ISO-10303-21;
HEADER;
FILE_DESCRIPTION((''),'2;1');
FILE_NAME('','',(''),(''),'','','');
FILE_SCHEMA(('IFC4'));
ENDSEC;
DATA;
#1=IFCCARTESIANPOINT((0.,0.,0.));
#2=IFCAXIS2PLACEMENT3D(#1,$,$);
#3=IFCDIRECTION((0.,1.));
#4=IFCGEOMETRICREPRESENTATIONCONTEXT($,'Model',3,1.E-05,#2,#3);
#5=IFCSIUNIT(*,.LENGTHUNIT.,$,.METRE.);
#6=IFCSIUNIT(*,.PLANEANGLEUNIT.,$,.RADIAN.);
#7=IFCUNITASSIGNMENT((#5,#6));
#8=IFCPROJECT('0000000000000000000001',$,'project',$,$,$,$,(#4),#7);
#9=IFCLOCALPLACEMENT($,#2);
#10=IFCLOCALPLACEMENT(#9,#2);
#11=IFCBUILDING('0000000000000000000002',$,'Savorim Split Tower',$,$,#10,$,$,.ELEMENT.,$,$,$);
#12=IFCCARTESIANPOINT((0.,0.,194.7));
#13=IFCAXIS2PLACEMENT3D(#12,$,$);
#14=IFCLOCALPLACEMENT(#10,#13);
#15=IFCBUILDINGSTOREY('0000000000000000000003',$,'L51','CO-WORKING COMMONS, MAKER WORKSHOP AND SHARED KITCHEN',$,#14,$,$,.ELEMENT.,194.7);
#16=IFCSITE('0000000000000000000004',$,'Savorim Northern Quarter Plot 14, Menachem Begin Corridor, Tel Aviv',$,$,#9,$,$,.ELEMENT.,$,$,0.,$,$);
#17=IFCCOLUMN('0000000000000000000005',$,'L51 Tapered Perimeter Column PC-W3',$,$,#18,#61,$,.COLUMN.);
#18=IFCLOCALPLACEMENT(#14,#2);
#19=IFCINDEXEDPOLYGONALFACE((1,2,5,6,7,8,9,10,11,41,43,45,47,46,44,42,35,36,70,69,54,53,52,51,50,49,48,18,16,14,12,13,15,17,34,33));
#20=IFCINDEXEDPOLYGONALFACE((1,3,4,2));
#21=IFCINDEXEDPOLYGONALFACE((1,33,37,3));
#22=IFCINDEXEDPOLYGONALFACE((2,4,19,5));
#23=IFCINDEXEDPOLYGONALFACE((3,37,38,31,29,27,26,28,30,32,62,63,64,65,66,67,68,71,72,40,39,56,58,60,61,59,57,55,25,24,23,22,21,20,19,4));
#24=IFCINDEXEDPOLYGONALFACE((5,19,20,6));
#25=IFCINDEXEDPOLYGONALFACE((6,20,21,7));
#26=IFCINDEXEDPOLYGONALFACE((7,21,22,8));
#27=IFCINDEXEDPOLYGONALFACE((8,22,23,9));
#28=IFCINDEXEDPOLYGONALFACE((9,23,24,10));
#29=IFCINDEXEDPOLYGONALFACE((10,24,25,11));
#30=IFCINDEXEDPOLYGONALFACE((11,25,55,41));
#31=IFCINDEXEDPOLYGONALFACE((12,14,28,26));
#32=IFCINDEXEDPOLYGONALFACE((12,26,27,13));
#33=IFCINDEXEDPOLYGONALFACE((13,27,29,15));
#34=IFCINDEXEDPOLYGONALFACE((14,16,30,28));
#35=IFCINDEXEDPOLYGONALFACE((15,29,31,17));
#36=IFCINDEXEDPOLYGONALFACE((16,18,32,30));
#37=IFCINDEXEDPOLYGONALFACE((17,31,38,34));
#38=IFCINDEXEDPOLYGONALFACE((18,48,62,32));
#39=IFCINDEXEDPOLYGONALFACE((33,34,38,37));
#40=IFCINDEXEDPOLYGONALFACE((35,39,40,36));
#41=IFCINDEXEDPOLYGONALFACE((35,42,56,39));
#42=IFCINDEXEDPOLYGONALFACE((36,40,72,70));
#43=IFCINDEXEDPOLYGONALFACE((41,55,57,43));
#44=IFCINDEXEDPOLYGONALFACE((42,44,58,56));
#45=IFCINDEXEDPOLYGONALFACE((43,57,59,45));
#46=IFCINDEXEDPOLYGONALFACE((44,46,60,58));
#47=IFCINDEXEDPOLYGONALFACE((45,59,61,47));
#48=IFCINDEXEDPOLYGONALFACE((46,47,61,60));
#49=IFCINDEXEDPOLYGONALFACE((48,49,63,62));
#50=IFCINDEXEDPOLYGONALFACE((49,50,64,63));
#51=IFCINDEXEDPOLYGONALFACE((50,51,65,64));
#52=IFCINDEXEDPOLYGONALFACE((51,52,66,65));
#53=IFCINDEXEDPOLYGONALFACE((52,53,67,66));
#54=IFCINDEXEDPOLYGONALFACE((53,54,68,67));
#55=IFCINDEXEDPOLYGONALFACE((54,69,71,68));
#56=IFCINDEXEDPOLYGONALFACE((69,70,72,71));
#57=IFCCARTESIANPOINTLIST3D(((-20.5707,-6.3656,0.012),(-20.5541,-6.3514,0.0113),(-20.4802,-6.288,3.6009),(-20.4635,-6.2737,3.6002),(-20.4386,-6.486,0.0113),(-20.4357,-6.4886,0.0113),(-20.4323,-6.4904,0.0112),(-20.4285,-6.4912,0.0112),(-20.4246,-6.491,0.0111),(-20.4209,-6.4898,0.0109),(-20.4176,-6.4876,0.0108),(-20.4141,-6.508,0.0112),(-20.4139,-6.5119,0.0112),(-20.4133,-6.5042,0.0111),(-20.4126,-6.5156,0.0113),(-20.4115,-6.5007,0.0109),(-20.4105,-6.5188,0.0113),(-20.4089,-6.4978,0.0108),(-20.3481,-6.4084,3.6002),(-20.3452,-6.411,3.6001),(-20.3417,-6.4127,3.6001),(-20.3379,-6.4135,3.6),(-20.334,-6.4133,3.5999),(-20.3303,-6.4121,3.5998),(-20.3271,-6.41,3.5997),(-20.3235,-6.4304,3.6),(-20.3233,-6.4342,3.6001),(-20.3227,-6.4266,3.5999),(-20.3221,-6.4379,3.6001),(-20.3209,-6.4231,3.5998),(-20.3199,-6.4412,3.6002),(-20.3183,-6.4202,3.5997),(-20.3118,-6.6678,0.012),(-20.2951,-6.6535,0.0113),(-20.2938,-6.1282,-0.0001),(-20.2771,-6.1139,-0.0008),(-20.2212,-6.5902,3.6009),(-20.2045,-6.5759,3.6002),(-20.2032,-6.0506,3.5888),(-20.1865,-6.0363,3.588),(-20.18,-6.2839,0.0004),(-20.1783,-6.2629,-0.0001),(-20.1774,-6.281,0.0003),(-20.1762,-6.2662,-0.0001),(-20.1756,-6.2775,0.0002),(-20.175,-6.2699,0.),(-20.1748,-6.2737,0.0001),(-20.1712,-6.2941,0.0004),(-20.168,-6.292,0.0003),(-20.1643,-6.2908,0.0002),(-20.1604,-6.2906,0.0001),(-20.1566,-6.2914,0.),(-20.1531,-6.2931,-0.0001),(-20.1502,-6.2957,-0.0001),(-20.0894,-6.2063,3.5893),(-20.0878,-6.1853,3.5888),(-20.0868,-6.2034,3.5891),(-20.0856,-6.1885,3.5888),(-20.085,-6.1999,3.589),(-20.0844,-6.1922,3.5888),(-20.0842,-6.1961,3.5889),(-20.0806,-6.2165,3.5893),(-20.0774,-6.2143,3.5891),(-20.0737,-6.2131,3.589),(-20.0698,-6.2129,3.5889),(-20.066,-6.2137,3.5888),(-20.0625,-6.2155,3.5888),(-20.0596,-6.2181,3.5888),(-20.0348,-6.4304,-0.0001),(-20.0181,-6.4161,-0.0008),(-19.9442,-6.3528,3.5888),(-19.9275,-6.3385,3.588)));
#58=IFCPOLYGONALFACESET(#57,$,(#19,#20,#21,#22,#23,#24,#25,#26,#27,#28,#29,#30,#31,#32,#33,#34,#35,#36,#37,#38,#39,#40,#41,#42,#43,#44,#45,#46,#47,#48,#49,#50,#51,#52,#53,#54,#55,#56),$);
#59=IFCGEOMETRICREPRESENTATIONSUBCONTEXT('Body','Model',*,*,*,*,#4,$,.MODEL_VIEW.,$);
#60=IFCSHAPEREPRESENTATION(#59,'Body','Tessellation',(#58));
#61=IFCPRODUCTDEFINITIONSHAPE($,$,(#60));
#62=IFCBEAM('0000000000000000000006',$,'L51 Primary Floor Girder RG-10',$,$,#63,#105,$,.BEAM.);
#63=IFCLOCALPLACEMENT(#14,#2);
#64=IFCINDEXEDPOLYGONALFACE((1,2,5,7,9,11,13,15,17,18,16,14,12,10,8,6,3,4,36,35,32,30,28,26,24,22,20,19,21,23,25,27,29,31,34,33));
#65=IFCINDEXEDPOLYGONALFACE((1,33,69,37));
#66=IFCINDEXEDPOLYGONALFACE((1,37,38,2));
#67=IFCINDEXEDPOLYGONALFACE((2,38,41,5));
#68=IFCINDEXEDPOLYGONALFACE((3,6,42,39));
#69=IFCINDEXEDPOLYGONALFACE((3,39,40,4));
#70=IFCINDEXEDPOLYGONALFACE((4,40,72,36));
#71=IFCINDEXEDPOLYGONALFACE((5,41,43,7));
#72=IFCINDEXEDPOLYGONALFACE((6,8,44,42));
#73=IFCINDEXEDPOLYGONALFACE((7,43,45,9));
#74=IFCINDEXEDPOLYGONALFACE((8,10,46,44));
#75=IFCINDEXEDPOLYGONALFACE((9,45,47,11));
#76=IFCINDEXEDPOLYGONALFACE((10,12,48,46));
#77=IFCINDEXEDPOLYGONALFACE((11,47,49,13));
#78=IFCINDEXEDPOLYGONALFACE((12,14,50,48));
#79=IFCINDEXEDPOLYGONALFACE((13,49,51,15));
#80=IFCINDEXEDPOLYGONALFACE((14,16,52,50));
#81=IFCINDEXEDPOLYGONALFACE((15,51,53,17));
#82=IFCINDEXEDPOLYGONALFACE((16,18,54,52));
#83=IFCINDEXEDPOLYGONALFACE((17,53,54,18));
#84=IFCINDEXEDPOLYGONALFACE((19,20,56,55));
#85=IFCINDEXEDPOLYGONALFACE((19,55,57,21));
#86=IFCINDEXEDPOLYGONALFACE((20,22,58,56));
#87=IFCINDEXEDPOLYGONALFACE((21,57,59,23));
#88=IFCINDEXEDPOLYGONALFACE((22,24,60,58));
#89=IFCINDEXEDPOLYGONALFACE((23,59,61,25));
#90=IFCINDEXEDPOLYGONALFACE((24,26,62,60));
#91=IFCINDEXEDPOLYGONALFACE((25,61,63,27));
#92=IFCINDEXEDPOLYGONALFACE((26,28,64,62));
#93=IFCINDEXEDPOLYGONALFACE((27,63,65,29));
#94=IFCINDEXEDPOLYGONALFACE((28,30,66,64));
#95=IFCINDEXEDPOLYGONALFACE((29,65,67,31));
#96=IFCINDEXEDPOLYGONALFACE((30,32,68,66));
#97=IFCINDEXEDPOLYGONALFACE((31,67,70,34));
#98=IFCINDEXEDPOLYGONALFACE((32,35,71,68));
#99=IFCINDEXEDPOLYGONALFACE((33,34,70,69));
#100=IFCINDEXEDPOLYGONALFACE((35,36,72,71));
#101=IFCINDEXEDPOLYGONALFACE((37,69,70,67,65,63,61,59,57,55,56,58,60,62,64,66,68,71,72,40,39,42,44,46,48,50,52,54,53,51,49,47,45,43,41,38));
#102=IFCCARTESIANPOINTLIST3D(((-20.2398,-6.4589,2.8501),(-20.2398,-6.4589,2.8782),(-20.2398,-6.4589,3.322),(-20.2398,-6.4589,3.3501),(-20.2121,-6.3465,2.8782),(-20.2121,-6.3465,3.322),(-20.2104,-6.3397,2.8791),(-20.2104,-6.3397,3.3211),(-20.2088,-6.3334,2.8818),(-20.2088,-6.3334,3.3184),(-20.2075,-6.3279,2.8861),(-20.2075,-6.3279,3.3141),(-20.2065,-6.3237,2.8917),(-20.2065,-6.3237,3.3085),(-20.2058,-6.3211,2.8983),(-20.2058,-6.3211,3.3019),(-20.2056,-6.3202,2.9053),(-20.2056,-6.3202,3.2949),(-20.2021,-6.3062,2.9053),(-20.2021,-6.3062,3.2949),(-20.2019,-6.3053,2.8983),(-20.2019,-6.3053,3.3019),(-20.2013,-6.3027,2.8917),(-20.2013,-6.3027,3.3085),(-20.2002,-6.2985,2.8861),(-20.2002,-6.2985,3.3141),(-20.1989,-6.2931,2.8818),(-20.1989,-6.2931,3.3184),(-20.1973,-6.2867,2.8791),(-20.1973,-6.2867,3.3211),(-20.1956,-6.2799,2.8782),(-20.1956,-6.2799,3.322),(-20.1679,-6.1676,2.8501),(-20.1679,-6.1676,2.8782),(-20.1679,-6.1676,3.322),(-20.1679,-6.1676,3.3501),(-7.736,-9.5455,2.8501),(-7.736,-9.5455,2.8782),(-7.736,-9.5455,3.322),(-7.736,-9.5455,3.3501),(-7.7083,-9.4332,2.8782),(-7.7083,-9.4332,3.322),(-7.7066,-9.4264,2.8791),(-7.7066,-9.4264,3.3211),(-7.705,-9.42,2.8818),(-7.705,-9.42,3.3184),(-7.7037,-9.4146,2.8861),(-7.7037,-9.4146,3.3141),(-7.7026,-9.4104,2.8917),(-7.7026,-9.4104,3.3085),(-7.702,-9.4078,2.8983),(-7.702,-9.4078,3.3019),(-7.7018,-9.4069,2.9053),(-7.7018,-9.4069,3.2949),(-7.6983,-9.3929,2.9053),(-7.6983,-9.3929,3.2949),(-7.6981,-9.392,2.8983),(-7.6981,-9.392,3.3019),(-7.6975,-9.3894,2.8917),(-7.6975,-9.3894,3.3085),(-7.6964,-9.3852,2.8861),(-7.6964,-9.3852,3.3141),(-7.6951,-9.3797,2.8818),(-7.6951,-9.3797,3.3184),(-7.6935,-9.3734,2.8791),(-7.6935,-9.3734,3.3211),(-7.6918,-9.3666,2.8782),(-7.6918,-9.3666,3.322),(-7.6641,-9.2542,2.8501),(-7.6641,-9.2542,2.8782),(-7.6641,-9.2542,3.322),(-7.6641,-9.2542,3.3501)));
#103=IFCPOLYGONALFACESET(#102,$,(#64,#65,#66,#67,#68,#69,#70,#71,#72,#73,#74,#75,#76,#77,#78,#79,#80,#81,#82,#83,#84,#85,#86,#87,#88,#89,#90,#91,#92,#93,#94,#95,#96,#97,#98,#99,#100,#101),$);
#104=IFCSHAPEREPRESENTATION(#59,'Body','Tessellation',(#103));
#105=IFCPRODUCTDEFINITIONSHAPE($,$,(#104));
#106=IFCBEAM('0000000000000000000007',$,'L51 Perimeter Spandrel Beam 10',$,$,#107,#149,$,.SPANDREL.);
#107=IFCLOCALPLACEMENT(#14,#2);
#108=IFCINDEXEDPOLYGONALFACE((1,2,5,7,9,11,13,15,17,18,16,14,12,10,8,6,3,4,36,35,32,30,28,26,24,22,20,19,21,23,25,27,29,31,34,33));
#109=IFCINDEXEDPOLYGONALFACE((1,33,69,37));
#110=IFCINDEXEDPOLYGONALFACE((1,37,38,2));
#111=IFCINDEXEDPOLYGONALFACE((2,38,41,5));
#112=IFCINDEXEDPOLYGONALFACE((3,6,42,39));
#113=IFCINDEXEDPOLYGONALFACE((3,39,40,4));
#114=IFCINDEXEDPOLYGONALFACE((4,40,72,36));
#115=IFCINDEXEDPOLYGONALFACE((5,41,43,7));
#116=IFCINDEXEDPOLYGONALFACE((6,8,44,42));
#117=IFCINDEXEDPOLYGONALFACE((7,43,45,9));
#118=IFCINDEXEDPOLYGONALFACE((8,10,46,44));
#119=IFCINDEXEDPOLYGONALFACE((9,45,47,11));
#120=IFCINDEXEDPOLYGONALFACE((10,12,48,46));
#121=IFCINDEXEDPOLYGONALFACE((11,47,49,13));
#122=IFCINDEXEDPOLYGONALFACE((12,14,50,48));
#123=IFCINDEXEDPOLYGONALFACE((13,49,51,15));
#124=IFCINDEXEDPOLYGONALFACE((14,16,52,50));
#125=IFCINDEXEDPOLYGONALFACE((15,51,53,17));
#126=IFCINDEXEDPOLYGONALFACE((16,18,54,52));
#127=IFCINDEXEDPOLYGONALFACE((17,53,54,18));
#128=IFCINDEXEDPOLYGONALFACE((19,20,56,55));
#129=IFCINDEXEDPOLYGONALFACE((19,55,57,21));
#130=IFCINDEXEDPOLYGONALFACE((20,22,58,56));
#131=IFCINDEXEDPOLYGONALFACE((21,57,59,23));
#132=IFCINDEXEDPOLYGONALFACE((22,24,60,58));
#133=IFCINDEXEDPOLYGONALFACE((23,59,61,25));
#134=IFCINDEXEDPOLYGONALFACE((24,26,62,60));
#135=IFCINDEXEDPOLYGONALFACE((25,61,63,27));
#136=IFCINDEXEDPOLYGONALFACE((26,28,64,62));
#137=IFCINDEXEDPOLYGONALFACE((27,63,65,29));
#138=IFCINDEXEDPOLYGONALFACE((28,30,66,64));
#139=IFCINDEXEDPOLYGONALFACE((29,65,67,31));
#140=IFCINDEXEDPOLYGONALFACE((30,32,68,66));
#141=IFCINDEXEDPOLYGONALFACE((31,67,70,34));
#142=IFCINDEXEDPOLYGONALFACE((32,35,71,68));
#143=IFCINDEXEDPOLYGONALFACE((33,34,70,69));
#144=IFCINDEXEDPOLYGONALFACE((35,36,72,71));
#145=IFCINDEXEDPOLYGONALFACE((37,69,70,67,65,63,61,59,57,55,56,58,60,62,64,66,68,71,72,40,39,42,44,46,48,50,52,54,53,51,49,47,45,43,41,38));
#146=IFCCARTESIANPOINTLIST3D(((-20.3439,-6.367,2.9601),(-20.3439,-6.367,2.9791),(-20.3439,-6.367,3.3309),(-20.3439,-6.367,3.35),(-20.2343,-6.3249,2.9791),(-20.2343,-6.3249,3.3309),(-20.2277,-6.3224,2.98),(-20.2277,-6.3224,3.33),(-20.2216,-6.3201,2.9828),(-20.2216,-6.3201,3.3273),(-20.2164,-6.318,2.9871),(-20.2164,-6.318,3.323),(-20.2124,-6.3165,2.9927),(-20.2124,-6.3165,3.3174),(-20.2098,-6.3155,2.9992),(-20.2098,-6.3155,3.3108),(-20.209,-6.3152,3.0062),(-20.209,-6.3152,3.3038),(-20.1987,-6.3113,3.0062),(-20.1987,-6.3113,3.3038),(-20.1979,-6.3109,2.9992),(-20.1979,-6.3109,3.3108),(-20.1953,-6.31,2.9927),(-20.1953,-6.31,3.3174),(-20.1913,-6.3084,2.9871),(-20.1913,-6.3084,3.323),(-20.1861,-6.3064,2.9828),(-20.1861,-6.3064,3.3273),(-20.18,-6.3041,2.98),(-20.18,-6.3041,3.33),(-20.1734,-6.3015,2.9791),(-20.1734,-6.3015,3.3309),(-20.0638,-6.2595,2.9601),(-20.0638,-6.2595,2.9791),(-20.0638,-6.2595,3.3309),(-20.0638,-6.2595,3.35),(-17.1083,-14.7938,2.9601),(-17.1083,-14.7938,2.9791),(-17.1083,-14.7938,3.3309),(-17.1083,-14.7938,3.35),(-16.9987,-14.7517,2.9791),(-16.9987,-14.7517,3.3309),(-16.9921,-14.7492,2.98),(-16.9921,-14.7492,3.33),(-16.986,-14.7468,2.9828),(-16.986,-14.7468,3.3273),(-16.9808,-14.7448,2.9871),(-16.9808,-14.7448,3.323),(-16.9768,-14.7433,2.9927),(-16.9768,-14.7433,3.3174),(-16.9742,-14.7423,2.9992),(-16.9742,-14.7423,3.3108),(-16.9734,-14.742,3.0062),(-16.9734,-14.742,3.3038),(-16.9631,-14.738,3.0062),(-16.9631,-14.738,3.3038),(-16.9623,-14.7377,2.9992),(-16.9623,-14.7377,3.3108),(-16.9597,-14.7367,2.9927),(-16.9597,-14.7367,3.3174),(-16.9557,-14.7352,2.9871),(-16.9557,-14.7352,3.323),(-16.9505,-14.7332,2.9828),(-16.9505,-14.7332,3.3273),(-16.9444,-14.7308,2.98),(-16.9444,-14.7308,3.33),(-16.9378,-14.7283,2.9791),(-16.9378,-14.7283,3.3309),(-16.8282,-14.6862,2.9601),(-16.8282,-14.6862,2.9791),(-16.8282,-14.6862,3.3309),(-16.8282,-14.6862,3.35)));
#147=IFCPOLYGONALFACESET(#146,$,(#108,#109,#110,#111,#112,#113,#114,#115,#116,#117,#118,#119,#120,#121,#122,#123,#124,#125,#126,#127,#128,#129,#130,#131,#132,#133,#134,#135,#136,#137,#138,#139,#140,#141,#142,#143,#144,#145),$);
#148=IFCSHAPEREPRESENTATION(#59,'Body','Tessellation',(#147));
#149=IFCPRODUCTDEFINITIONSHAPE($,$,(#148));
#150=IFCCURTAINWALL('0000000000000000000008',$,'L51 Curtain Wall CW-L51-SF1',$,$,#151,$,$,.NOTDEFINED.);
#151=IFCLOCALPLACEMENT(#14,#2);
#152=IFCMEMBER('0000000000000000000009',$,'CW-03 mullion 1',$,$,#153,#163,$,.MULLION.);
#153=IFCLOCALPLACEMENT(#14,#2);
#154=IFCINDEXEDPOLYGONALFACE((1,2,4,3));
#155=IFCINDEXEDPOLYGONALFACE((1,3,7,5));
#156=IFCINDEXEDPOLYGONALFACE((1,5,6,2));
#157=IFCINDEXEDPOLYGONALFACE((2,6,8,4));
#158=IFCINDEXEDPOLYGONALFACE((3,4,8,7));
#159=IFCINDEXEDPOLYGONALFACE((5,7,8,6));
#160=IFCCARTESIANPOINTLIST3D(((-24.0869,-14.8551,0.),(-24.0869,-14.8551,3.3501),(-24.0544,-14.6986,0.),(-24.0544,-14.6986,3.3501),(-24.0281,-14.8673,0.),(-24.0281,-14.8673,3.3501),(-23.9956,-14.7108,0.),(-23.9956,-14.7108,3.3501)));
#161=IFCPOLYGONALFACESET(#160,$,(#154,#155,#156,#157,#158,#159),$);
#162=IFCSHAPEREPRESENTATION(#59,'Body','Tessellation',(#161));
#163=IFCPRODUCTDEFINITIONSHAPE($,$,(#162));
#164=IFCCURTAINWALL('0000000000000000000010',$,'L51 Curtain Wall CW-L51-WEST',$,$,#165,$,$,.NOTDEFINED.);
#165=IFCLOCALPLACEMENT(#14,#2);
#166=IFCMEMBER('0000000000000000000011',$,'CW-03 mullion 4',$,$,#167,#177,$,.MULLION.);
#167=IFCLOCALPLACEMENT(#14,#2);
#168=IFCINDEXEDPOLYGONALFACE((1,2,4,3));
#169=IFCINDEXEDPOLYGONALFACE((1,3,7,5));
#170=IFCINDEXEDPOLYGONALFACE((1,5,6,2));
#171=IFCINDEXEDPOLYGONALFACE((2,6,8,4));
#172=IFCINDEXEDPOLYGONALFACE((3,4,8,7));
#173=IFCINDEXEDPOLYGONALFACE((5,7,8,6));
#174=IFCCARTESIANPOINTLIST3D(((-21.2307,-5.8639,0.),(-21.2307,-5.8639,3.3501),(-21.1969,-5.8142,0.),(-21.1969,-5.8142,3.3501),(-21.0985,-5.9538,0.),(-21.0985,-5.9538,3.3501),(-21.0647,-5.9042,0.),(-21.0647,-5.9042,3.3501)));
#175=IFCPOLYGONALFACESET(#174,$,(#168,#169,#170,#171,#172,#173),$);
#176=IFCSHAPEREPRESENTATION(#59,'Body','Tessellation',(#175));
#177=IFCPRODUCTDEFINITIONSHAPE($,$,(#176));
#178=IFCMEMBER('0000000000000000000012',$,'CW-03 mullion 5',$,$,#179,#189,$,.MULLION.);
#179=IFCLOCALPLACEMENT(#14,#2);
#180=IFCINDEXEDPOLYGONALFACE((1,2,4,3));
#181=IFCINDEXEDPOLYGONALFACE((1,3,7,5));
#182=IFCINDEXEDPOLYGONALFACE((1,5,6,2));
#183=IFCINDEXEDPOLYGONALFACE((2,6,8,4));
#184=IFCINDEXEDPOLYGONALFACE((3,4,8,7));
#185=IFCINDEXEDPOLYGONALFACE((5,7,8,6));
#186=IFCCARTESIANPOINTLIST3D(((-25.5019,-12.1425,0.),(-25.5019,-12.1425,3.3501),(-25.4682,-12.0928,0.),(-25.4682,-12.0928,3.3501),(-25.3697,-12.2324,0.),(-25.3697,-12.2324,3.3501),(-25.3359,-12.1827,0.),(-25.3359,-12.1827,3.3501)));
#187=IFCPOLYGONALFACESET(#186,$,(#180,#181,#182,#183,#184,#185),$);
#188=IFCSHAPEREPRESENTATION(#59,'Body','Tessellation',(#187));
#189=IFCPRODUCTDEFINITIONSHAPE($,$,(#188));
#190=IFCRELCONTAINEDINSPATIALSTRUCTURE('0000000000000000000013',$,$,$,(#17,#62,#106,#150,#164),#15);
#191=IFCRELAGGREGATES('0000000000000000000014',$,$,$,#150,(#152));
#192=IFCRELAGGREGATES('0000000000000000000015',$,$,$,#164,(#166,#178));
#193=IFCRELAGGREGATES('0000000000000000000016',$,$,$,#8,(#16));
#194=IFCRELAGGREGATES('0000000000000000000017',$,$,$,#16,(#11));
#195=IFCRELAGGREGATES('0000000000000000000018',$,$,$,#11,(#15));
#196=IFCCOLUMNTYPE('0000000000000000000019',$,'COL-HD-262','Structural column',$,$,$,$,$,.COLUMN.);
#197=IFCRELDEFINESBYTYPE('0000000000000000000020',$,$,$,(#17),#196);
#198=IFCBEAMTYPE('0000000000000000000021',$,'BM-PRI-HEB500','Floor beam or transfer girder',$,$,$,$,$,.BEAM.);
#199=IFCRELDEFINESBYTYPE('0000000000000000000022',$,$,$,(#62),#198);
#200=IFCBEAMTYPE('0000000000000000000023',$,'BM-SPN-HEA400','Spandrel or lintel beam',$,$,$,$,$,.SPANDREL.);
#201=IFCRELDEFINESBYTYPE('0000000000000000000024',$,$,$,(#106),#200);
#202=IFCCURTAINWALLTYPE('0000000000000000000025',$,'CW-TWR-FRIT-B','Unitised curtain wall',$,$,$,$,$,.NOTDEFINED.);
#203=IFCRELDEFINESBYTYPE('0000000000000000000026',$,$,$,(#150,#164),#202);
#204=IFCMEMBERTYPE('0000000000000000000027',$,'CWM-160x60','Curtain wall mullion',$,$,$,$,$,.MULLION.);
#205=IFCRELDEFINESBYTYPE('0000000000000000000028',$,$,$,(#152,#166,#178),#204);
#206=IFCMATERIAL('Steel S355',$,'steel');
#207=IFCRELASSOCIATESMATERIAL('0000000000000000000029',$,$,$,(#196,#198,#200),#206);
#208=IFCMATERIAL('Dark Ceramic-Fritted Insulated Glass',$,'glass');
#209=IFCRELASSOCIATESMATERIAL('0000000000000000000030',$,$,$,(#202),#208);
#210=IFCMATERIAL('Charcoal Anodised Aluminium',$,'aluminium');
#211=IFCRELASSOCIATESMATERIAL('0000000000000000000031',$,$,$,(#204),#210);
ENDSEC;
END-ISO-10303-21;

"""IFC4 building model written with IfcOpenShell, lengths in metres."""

from ifc_helpers import new_model, si_unit, direction, frame, origin, origin_2d, place, context, subcontext, project, spatial, rectangle, i_section, extrude, material, material_profile, profile_set, type_object, element, aggregate, save


model = new_model("IFC4")

# Units and contexts
model_context = context("Model", 3, precision=1e-05, world=origin(), true_north=direction((0.0, 1.0)))
body_context = subcontext(model_context, "Body", "Model", "MODEL_VIEW")
ifc_project = project(units=[si_unit("LENGTHUNIT", "METRE"), si_unit("PLANEANGLEUNIT", "RADIAN")], contexts=[model_context])

# Site, building, storey
site_placement = place(None, origin())
site = spatial("IfcSite", under=ifc_project, at=site_placement, Name="Savorim Northern Quarter Plot 14, Menachem Begin Corridor, Tel Aviv", CompositionType="ELEMENT", RefElevation=0.0)
building_placement = place(site_placement, origin())
building = spatial("IfcBuilding", under=site, at=building_placement, Name="Savorim Split Tower", CompositionType="ELEMENT")
storey_placement = place(building_placement, frame((0.0, 0.0, 194.7)))
storey = spatial("IfcBuildingStorey", under=building, at=storey_placement, Name="L51", Description="CO-WORKING COMMONS, MAKER WORKSHOP AND SHARED KITCHEN", CompositionType="ELEMENT", Elevation=194.7)

# Column
ifc_material_1 = material(Name="Steel S355", Category="steel")
ifc_material_profile_1 = material_profile(ifc_material_1, i_section(OverallWidth=0.3979, OverallDepth=0.387, WebThickness=0.0134, FlangeThickness=0.022, FilletRadius=0.0149, at=origin_2d()), Name="HD 400x262")
ifc_profile_set_1 = profile_set([ifc_material_profile_1], Name="Steel S355")
column_type = type_object("IfcColumnType", Name="COL-HD-262", Description="Structural column", PredefinedType="COLUMN", material=ifc_profile_set_1)
column_placement = place(storey_placement, frame((-20.2944, -6.3909, 0.0056), z_axis=(0.025224, 0.021621, 0.999448), x_axis=(-0.650791, 0.759257, 0.0)))
element("IfcColumn", 1, at=column_placement, inside=storey, type_object=column_type, Name="L51 Tapered Perimeter Column PC-W3", PredefinedType="COLUMN", context=body_context, shape_type="SweptSolid", body=[
    extrude(i_section(OverallWidth=0.3979, OverallDepth=0.387, WebThickness=0.0134, FlangeThickness=0.022, FilletRadius=0.0149, at=origin_2d()), origin(), (0.0, 0.0, 1.0), 3.5908),
])

# Beams
ifc_material_profile_2 = material_profile(ifc_material_1, i_section(OverallWidth=0.3, OverallDepth=0.5, WebThickness=0.0144, FlangeThickness=0.0281, FilletRadius=0.0271, at=origin_2d()), Name="HEB 500")
ifc_profile_set_2 = profile_set([ifc_material_profile_2], Name="Steel S355")
beam_type_1 = type_object("IfcBeamType", Name="BM-PRI-HEB500", Description="Floor beam or transfer girder", PredefinedType="BEAM", material=ifc_profile_set_2)
beam_1_placement = place(storey_placement, frame((-20.2039, -6.3132, 3.1001), z_axis=(0.970856, -0.239662, 0.0), x_axis=(0.239662, 0.970856, 0.0)))
element("IfcBeam", 2, at=beam_1_placement, inside=storey, type_object=beam_type_1, Name="L51 Primary Floor Girder RG-10", PredefinedType="BEAM", context=body_context, shape_type="SweptSolid", body=[
    extrude(i_section(OverallWidth=0.3, OverallDepth=0.5, WebThickness=0.0144, FlangeThickness=0.0281, FilletRadius=0.0271, at=origin_2d()), origin(), (0.0, 0.0, 1.0), 12.8792),
])
ifc_material_profile_3 = material_profile(ifc_material_1, i_section(OverallWidth=0.3, OverallDepth=0.3899, WebThickness=0.011, FlangeThickness=0.019, FilletRadius=0.0271, at=origin_2d()), Name="HEA 400")
ifc_profile_set_3 = profile_set([ifc_material_profile_3], Name="Steel S355")
beam_type_2 = type_object("IfcBeamType", Name="BM-SPN-HEA400", Description="Spandrel or lintel beam", PredefinedType="SPANDREL", material=ifc_profile_set_3)
beam_2_placement = place(storey_placement, frame((-20.2039, -6.3132, 3.155), z_axis=(0.358452, -0.933548, 0.0), x_axis=(0.933548, 0.358452, 0.0)))
element("IfcBeam", 3, at=beam_2_placement, inside=storey, type_object=beam_type_2, Name="L51 Perimeter Spandrel Beam 10", PredefinedType="SPANDREL", context=body_context, shape_type="SweptSolid", body=[
    extrude(i_section(OverallWidth=0.3, OverallDepth=0.3899, WebThickness=0.011, FlangeThickness=0.019, FilletRadius=0.0271, at=origin_2d()), origin(), (0.0, 0.0, 1.0), 9.0266),
])

# Curtain wall, member
ifc_material_2 = material(Name="Dark Ceramic-Fritted Insulated Glass", Category="glass")
curtain_wall_type = type_object("IfcCurtainWallType", Name="CW-TWR-FRIT-B", Description="Unitised curtain wall", PredefinedType="NOTDEFINED", material=ifc_material_2)
curtain_wall_1_placement = place(storey_placement, origin())
curtain_wall_1 = element("IfcCurtainWall", 4, at=curtain_wall_1_placement, inside=storey, type_object=curtain_wall_type, Name="L51 Curtain Wall CW-L51-SF1", PredefinedType="NOTDEFINED")
ifc_material_3 = material(Name="Charcoal Anodised Aluminium", Category="aluminium")
ifc_material_profile_4 = material_profile(ifc_material_3, rectangle(XDim=0.1599, YDim=0.0601, at=origin_2d()), Name="ALU-M 160x60")
ifc_profile_set_4 = profile_set([ifc_material_profile_4], Name="Charcoal Anodised Aluminium")
member_type_1 = type_object("IfcMemberType", Name="CWM-160x60", Description="Curtain wall mullion", PredefinedType="MULLION", material=ifc_profile_set_4)
member_1_placement = place(storey_placement, frame((-24.0413, -14.783, 0.0), z_axis=(0.0, 0.0, 1.0), x_axis=(0.203208, 0.979136, 0.0)))
member_1 = element("IfcMember", 5, at=member_1_placement, type_object=member_type_1, Name="CW-03 mullion 1", PredefinedType="MULLION", context=body_context, shape_type="SweptSolid", body=[
    extrude(rectangle(XDim=0.1599, YDim=0.0601, at=origin_2d()), origin(), (0.0, 0.0, 1.0), 3.3501),
])

# Curtain wall, members
curtain_wall_2_placement = place(storey_placement, origin())
curtain_wall_2 = element("IfcCurtainWall", 6, at=curtain_wall_2_placement, inside=storey, type_object=curtain_wall_type, Name="L51 Curtain Wall CW-L51-WEST", PredefinedType="NOTDEFINED")
member_2_placement = place(storey_placement, frame((-21.1477, -5.884, 0.0), z_axis=(0.0, 0.0, 1.0), x_axis=(0.826821, -0.562465, 0.0)))
member_2 = element("IfcMember", 7, at=member_2_placement, type_object=member_type_1, Name="CW-03 mullion 4", PredefinedType="MULLION", context=body_context, shape_type="SweptSolid", body=[
    extrude(rectangle(XDim=0.1599, YDim=0.0601, at=origin_2d()), origin(), (0.0, 0.0, 1.0), 3.3501),
])
member_3_placement = place(storey_placement, frame((-25.4189, -12.1626, 0.0), z_axis=(0.0, 0.0, 1.0), x_axis=(0.826821, -0.562465, 0.0)))
member_3 = element("IfcMember", 8, at=member_3_placement, type_object=member_type_1, Name="CW-03 mullion 5", PredefinedType="MULLION", context=body_context, shape_type="SweptSolid", body=[
    extrude(rectangle(XDim=0.1599, YDim=0.0601, at=origin_2d()), origin(), (0.0, 0.0, 1.0), 3.3501),
])

aggregate(curtain_wall_1, [member_1])

aggregate(curtain_wall_2, [member_2, member_3])

save(model, "model.ifc")
